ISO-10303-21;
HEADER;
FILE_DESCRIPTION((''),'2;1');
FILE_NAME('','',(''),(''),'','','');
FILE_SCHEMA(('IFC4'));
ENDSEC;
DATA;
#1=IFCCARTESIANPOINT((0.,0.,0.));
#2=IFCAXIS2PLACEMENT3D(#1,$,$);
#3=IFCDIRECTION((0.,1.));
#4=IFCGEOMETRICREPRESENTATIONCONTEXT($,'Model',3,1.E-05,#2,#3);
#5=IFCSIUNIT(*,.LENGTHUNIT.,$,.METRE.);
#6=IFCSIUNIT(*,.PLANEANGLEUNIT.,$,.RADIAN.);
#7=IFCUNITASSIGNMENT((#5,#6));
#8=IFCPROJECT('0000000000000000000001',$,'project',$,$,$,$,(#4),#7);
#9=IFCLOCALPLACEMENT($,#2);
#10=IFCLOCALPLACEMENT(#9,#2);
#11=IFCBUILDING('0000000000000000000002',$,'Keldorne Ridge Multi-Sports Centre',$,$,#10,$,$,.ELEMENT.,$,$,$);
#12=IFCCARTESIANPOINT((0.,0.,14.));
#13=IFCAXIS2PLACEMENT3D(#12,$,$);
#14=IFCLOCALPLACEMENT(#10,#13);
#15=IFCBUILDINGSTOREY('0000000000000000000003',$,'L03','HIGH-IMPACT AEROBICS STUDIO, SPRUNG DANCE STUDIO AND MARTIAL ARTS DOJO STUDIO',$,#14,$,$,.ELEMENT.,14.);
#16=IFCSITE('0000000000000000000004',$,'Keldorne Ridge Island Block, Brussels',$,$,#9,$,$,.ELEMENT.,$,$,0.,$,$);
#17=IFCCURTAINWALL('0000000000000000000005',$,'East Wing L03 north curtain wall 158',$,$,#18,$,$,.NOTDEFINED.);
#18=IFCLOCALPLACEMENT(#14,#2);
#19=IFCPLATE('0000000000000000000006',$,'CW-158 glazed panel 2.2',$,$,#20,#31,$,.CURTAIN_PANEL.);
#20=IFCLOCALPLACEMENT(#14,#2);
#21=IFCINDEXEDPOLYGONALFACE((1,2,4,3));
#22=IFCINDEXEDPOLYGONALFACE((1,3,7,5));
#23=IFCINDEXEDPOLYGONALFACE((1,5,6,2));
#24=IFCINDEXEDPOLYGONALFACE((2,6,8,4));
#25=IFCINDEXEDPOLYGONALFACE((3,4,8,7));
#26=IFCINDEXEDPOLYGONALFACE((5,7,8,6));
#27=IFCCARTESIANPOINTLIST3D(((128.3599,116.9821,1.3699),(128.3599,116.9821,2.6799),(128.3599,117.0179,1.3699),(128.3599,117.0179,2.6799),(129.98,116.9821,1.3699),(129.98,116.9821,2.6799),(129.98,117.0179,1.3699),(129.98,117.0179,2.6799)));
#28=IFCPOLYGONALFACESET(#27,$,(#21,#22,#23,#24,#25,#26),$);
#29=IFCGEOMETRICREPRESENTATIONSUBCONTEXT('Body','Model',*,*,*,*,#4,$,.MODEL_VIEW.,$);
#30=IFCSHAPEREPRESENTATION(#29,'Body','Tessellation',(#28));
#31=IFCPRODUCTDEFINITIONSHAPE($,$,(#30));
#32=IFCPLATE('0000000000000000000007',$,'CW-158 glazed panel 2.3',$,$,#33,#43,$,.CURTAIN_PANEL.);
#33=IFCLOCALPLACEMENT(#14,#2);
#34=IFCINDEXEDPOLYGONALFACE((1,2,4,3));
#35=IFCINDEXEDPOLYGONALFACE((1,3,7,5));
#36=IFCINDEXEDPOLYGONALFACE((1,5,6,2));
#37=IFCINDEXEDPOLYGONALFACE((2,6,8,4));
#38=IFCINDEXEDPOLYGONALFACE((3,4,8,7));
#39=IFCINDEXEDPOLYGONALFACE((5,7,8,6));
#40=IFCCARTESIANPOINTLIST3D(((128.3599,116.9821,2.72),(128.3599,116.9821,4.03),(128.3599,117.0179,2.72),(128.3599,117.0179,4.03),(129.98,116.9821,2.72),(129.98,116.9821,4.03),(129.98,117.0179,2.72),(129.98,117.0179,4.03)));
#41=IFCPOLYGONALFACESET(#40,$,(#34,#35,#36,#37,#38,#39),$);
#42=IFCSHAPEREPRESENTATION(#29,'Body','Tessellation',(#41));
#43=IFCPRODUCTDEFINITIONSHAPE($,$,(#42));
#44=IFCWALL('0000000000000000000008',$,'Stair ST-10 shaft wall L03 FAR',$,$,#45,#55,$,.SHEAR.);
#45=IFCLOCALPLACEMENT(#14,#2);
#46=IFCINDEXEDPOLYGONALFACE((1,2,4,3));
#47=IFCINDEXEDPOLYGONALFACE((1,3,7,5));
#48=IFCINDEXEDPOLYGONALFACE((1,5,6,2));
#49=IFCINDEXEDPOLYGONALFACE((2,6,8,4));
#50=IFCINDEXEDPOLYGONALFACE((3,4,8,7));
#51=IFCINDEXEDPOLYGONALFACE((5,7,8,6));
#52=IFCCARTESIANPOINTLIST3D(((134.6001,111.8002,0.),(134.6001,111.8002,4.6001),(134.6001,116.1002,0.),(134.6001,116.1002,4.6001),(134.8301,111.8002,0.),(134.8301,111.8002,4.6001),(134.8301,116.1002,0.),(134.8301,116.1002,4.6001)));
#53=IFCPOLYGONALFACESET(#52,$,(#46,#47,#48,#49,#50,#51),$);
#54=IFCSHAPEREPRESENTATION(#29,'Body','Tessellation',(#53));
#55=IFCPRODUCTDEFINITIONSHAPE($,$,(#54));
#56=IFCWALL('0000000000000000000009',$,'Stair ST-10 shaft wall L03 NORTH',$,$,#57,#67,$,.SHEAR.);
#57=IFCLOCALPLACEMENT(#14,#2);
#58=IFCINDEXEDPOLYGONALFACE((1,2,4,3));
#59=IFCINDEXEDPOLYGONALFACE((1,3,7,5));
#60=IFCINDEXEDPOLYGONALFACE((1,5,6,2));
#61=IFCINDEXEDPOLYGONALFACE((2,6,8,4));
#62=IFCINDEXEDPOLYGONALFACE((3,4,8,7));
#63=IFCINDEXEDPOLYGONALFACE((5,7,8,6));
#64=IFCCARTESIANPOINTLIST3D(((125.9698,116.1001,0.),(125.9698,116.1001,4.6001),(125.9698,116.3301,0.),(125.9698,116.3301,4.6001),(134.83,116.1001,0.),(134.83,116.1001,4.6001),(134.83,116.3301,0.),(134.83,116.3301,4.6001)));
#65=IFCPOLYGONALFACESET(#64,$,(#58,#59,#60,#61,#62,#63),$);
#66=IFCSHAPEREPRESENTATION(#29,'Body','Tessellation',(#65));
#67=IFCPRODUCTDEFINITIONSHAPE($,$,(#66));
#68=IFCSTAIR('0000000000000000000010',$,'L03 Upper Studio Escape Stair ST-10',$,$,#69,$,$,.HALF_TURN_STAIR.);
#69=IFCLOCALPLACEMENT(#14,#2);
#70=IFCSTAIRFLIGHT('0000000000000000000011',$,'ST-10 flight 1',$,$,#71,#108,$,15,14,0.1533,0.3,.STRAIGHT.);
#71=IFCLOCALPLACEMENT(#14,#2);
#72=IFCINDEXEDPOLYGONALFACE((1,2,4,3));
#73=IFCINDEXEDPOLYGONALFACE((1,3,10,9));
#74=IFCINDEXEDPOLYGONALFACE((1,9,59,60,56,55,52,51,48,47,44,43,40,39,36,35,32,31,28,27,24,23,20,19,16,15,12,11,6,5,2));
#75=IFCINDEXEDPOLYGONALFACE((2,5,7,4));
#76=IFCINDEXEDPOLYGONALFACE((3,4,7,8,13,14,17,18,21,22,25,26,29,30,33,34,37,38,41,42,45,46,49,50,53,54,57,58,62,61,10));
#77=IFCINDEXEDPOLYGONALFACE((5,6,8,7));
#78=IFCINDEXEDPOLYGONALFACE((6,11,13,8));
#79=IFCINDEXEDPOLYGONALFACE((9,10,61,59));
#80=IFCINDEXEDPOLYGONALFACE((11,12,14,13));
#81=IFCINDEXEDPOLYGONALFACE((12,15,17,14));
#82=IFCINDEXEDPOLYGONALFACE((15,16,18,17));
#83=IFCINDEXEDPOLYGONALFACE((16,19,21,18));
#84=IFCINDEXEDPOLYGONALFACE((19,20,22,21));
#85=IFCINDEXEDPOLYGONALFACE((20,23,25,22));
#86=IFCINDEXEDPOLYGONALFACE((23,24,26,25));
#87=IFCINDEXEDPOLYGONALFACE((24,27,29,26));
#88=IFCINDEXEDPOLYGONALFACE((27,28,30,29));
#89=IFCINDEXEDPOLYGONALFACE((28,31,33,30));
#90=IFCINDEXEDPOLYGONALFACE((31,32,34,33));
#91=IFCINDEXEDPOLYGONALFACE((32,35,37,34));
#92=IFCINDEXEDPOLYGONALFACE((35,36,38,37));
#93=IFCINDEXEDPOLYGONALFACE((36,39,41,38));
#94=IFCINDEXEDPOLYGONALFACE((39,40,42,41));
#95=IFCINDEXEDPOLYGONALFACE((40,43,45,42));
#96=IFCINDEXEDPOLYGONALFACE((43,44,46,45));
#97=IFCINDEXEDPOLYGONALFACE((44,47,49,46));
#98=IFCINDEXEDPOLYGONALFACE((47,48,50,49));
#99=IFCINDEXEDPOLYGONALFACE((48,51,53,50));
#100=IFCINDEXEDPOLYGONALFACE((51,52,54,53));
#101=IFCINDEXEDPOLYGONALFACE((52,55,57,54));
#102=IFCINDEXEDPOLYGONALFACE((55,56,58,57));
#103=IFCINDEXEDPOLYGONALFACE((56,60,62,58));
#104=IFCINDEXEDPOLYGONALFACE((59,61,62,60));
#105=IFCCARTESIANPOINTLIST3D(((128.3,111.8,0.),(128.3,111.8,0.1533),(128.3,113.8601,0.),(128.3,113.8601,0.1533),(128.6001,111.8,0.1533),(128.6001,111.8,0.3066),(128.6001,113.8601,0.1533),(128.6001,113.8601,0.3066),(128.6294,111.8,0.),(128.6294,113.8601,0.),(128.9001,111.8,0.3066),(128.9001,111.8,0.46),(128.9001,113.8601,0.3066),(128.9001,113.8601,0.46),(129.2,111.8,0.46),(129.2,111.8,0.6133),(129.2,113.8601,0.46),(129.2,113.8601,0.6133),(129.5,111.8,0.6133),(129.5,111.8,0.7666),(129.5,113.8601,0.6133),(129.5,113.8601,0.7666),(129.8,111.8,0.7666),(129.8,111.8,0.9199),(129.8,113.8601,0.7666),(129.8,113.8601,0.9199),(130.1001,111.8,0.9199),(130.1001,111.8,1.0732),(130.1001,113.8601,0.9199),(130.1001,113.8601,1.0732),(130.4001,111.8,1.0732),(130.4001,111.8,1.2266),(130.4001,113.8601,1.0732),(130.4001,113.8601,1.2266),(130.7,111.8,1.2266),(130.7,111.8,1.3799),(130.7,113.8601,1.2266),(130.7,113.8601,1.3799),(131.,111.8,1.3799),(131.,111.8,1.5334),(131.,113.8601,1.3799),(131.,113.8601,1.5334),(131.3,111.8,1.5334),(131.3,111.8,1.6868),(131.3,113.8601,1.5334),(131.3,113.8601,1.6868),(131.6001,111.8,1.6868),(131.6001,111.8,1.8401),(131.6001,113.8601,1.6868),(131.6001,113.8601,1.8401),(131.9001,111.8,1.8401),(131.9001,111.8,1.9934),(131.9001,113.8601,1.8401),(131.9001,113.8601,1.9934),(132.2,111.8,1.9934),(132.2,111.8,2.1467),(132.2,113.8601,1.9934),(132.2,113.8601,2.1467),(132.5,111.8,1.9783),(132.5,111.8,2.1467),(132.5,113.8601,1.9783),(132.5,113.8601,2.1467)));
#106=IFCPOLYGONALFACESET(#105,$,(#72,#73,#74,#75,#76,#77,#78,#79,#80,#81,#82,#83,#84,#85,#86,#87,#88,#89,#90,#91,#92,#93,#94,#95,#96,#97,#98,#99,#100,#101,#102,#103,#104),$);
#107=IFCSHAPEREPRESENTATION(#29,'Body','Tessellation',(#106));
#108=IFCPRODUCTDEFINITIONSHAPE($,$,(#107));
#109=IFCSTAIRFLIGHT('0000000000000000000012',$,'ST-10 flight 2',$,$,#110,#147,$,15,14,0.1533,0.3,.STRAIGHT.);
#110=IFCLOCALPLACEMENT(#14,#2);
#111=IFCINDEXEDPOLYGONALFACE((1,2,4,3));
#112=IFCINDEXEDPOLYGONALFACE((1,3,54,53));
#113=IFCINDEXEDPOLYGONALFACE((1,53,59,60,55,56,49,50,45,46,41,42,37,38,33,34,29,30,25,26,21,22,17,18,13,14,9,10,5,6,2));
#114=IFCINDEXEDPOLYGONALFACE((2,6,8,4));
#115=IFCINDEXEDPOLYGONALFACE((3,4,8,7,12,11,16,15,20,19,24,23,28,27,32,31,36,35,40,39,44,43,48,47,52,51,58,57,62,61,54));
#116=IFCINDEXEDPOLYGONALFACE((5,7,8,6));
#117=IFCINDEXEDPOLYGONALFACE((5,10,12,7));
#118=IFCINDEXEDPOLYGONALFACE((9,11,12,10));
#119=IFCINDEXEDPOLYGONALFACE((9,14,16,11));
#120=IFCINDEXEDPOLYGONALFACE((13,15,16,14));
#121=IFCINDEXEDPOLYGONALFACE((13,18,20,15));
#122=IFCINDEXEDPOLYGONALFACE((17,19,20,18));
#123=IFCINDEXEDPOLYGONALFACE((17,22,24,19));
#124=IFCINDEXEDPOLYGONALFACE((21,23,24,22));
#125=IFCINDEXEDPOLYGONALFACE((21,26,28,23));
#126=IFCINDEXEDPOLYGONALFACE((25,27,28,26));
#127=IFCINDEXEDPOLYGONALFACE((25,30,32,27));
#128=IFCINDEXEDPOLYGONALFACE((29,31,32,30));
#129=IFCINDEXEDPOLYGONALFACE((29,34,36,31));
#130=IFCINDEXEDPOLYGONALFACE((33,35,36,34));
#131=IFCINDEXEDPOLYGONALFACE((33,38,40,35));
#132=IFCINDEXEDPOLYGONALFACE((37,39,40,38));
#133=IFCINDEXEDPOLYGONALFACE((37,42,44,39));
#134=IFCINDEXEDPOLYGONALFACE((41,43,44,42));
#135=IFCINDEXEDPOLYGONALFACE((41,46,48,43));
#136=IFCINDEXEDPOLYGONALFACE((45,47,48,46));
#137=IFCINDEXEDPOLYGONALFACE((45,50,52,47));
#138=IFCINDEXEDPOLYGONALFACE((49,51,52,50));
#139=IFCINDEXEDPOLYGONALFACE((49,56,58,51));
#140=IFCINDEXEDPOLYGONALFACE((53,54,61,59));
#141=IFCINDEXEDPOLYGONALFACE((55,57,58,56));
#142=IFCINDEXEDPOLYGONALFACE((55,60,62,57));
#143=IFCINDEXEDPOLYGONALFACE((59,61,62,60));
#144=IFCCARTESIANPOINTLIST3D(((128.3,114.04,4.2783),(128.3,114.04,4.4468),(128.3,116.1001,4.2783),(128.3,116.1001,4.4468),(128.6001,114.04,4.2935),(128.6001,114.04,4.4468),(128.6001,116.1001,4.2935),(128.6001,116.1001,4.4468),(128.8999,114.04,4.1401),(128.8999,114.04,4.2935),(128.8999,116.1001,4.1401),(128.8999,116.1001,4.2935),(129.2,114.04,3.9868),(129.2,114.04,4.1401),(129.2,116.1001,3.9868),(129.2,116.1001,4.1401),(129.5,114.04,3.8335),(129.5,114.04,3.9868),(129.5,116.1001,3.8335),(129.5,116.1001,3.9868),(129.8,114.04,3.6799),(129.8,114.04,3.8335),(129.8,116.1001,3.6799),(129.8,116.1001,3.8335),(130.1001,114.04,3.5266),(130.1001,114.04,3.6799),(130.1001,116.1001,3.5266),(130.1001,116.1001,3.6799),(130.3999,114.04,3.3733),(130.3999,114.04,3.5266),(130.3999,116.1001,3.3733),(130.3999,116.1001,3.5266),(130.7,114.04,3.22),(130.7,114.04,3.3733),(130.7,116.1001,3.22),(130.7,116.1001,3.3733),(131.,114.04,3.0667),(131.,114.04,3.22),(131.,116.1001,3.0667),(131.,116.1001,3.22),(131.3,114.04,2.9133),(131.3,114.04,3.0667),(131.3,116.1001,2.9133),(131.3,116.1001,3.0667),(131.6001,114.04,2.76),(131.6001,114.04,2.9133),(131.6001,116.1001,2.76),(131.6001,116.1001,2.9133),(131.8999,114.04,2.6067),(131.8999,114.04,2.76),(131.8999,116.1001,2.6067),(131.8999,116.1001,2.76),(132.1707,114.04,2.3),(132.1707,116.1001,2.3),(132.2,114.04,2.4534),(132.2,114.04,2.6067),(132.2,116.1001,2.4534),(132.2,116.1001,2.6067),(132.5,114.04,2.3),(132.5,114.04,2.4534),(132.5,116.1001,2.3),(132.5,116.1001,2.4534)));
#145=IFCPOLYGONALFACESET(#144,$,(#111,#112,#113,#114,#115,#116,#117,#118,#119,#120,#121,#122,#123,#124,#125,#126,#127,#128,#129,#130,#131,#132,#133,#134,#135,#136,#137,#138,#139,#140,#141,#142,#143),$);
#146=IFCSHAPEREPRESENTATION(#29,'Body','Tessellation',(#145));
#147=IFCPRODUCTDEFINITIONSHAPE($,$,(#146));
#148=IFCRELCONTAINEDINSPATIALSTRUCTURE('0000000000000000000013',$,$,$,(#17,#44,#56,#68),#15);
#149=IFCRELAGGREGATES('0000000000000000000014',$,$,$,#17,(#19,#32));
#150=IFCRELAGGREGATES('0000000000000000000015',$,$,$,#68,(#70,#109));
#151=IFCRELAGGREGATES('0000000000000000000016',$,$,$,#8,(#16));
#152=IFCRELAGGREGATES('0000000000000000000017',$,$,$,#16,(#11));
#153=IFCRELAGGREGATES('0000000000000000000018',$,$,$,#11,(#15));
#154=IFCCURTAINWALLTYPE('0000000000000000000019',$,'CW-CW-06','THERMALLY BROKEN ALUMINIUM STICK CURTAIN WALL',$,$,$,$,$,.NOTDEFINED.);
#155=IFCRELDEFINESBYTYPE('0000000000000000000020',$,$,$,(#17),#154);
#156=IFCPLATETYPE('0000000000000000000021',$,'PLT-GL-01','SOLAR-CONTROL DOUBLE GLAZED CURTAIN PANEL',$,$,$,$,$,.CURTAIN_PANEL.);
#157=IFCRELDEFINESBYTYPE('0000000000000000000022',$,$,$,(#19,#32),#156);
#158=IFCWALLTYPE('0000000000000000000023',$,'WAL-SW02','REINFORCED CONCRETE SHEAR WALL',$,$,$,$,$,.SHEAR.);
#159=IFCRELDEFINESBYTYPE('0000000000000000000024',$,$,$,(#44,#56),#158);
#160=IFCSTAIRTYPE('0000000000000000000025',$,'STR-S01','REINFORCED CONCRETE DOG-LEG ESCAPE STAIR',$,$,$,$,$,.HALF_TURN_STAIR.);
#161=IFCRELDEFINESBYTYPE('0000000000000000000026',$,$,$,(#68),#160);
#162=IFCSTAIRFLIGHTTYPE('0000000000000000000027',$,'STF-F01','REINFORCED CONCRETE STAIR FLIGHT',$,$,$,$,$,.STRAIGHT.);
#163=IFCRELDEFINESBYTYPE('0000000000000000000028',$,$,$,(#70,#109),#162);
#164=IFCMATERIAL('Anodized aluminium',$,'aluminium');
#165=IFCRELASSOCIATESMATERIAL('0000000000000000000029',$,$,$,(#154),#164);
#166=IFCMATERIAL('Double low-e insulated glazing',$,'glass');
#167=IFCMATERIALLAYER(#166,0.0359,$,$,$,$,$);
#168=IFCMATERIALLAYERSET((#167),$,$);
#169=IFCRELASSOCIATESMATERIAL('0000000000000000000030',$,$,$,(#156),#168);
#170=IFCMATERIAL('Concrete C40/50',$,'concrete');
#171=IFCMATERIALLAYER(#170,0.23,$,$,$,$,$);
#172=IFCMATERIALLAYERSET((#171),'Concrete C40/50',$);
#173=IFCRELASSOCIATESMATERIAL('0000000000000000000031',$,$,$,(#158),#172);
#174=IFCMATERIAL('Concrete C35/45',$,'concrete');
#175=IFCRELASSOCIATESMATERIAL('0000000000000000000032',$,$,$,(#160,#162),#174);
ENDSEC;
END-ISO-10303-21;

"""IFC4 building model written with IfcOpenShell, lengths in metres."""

from ifc_helpers import new_model, si_unit, direction, frame, frame_2d, origin, origin_2d, place, context, subcontext, project, spatial, polyline, rectangle, outline, extrude, material, layer, layer_set, type_object, element, aggregate, save


model = new_model("IFC4")

# Units and contexts
model_context = context("Model", 3, precision=1e-05, world=origin(), true_north=direction((0.0, 1.0)))
body_context = subcontext(model_context, "Body", "Model", "MODEL_VIEW")
ifc_project = project(units=[si_unit("LENGTHUNIT", "METRE"), si_unit("PLANEANGLEUNIT", "RADIAN")], contexts=[model_context])

# Site, building, storey
site_placement = place(None, origin())
site = spatial("IfcSite", under=ifc_project, at=site_placement, Name="Keldorne Ridge Island Block, Brussels", CompositionType="ELEMENT", RefElevation=0.0)
building_placement = place(site_placement, origin())
building = spatial("IfcBuilding", under=site, at=building_placement, Name="Keldorne Ridge Multi-Sports Centre", CompositionType="ELEMENT")
storey_placement = place(building_placement, frame((0.0, 0.0, 14.0)))
storey = spatial("IfcBuildingStorey", under=building, at=storey_placement, Name="L03", Description="HIGH-IMPACT AEROBICS STUDIO, SPRUNG DANCE STUDIO AND MARTIAL ARTS DOJO STUDIO", CompositionType="ELEMENT", Elevation=14.0)

# Curtain wall, plates
ifc_material_1 = material(Name="Anodized aluminium", Category="aluminium")
curtain_wall_type = type_object("IfcCurtainWallType", Name="CW-CW-06", Description="THERMALLY BROKEN ALUMINIUM STICK CURTAIN WALL", PredefinedType="NOTDEFINED", material=ifc_material_1)
curtain_wall_placement = place(storey_placement, origin())
curtain_wall = element("IfcCurtainWall", 1, at=curtain_wall_placement, inside=storey, type_object=curtain_wall_type, Name="East Wing L03 north curtain wall 158", PredefinedType="NOTDEFINED")
ifc_material_2 = material(Name="Double low-e insulated glazing", Category="glass")
ifc_layer_1 = layer(ifc_material_2, 0.0359)
ifc_layer_set_1 = layer_set([ifc_layer_1])
plate_type = type_object("IfcPlateType", Name="PLT-GL-01", Description="SOLAR-CONTROL DOUBLE GLAZED CURTAIN PANEL", PredefinedType="CURTAIN_PANEL", material=ifc_layer_set_1)
plate_1_placement = place(storey_placement, frame((129.1699, 117.0, 1.3699), z_axis=(0.0, 0.0, 1.0), x_axis=(-1.0, 0.0, 0.0)))
plate_1 = element("IfcPlate", 2, at=plate_1_placement, type_object=plate_type, Name="CW-158 glazed panel 2.2", PredefinedType="CURTAIN_PANEL", context=body_context, shape_type="SweptSolid", body=[
    extrude(rectangle(XDim=1.6201, YDim=0.0359, at=origin_2d()), origin(), (0.0, 0.0, 1.0), 1.3101),
])
plate_2_placement = place(storey_placement, frame((129.1699, 117.0, 2.72), z_axis=(0.0, 0.0, 1.0), x_axis=(-1.0, 0.0, 0.0)))
plate_2 = element("IfcPlate", 3, at=plate_2_placement, type_object=plate_type, Name="CW-158 glazed panel 2.3", PredefinedType="CURTAIN_PANEL", context=body_context, shape_type="SweptSolid", body=[
    extrude(rectangle(XDim=1.6201, YDim=0.0359, at=origin_2d()), origin(), (0.0, 0.0, 1.0), 1.3101),
])
aggregate(curtain_wall, [plate_1, plate_2])

# Walls
ifc_material_3 = material(Name="Concrete C40/50", Category="concrete")
ifc_layer_2 = layer(ifc_material_3, 0.23)
ifc_layer_set_2 = layer_set([ifc_layer_2], Name="Concrete C40/50")
wall_type = type_object("IfcWallType", Name="WAL-SW02", Description="REINFORCED CONCRETE SHEAR WALL", PredefinedType="SHEAR", material=ifc_layer_set_2)
wall_1_placement = place(storey_placement, frame((134.7151, 116.1001, 0.0), z_axis=(0.0, 0.0, 1.0), x_axis=(0.0, -1.0, 0.0)))
element("IfcWall", 4, at=wall_1_placement, inside=storey, type_object=wall_type, Name="Stair ST-10 shaft wall L03 FAR", PredefinedType="SHEAR", context=body_context, shape_type="SweptSolid", body=[
    extrude(rectangle(XDim=4.3, YDim=0.23, at=frame_2d((2.1499, 0.0))), origin(), (0.0, 0.0, 1.0), 4.6001),
])
wall_2_placement = place(storey_placement, frame((134.8301, 116.2151, 0.0), z_axis=(0.0, 0.0, 1.0), x_axis=(-1.0, 0.0, 0.0)))
element("IfcWall", 5, at=wall_2_placement, inside=storey, type_object=wall_type, Name="Stair ST-10 shaft wall L03 NORTH", PredefinedType="SHEAR", context=body_context, shape_type="SweptSolid", body=[
    extrude(rectangle(XDim=8.8601, YDim=0.23, at=frame_2d((4.4302, 0.0))), origin(), (0.0, 0.0, 1.0), 4.6001),
])

# Stair, stair flights
ifc_material_4 = material(Name="Concrete C35/45", Category="concrete")
stair_type = type_object("IfcStairType", Name="STR-S01", Description="REINFORCED CONCRETE DOG-LEG ESCAPE STAIR", PredefinedType="HALF_TURN_STAIR", material=ifc_material_4)
stair_placement = place(storey_placement, origin())
stair = element("IfcStair", 6, at=stair_placement, inside=storey, type_object=stair_type, Name="L03 Upper Studio Escape Stair ST-10", PredefinedType="HALF_TURN_STAIR")
stair_flight_type = type_object("IfcStairFlightType", Name="STF-F01", Description="REINFORCED CONCRETE STAIR FLIGHT", PredefinedType="STRAIGHT", material=ifc_material_4)
stair_flight_1_placement = place(storey_placement, frame((128.3, 112.8301, 0.0), z_axis=(0.0, 0.0, 1.0), x_axis=(1.0, 0.0, 0.0)))
stair_flight_1 = element("IfcStairFlight", 7, at=stair_flight_1_placement, type_object=stair_flight_type, Name="ST-10 flight 1", NumberOfRisers=15, NumberOfTreads=14, PredefinedType="STRAIGHT", RiserHeight=0.1533, TreadLength=0.3, context=body_context, shape_type="SweptSolid", body=[
    extrude(outline(polyline([(0.0, 0.0), (0.0, 0.1533), (0.3, 0.1533), (0.3, 0.3066), (0.6001, 0.3066), (0.6001, 0.46), (0.8999, 0.46), (0.8999, 0.6133), (1.2, 0.6133), (1.2, 0.7666), (1.5, 0.7666), (1.5, 0.9199), (1.8, 0.9199), (1.8, 1.0732), (2.1001, 1.0732), (2.1001, 1.2266), (2.3999, 1.2266), (2.3999, 1.3799), (2.7, 1.3799), (2.7, 1.5334), (3.0, 1.5334), (3.0, 1.6868), (3.3, 1.6868), (3.3, 1.8401), (3.6001, 1.8401), (3.6001, 1.9934), (3.8999, 1.9934), (3.8999, 2.1467), (4.2, 2.1467), (4.2, 2.3), (4.2, 1.9783), (0.3293, 0.0), (0.0, 0.0)])), frame((0.0, 1.03, 0.0), z_axis=(0.0, -1.0, 0.0), x_axis=(1.0, 0.0, 0.0)), (0.0, 0.0, 1.0), 2.0601),
])
stair_flight_2_placement = place(storey_placement, frame((132.5, 115.0701, 2.3), z_axis=(0.0, 0.0, 1.0), x_axis=(-1.0, 0.0, 0.0)))
stair_flight_2 = element("IfcStairFlight", 8, at=stair_flight_2_placement, type_object=stair_flight_type, Name="ST-10 flight 2", NumberOfRisers=15, NumberOfTreads=14, PredefinedType="STRAIGHT", RiserHeight=0.1533, TreadLength=0.3, context=body_context, shape_type="SweptSolid", body=[
    extrude(outline(polyline([(0.0, 0.0), (0.0, 0.1533), (0.3, 0.1533), (0.3, 0.3066), (0.6001, 0.3066), (0.6001, 0.46), (0.8999, 0.46), (0.8999, 0.6133), (1.2, 0.6133), (1.2, 0.7666), (1.5, 0.7666), (1.5, 0.9199), (1.8, 0.9199), (1.8, 1.0732), (2.1001, 1.0732), (2.1001, 1.2266), (2.3999, 1.2266), (2.3999, 1.3799), (2.7, 1.3799), (2.7, 1.5334), (3.0, 1.5334), (3.0, 1.6868), (3.3, 1.6868), (3.3, 1.8401), (3.6001, 1.8401), (3.6001, 1.9934), (3.8999, 1.9934), (3.8999, 2.1467), (4.2, 2.1467), (4.2, 2.3), (4.2, 1.9783), (0.3293, 0.0), (0.0, 0.0)])), frame((0.0, 1.03, 0.0), z_axis=(0.0, -1.0, 0.0), x_axis=(1.0, 0.0, 0.0)), (0.0, 0.0, 1.0), 2.0601),
])
aggregate(stair, [stair_flight_1, stair_flight_2])

save(model, "model.ifc")
